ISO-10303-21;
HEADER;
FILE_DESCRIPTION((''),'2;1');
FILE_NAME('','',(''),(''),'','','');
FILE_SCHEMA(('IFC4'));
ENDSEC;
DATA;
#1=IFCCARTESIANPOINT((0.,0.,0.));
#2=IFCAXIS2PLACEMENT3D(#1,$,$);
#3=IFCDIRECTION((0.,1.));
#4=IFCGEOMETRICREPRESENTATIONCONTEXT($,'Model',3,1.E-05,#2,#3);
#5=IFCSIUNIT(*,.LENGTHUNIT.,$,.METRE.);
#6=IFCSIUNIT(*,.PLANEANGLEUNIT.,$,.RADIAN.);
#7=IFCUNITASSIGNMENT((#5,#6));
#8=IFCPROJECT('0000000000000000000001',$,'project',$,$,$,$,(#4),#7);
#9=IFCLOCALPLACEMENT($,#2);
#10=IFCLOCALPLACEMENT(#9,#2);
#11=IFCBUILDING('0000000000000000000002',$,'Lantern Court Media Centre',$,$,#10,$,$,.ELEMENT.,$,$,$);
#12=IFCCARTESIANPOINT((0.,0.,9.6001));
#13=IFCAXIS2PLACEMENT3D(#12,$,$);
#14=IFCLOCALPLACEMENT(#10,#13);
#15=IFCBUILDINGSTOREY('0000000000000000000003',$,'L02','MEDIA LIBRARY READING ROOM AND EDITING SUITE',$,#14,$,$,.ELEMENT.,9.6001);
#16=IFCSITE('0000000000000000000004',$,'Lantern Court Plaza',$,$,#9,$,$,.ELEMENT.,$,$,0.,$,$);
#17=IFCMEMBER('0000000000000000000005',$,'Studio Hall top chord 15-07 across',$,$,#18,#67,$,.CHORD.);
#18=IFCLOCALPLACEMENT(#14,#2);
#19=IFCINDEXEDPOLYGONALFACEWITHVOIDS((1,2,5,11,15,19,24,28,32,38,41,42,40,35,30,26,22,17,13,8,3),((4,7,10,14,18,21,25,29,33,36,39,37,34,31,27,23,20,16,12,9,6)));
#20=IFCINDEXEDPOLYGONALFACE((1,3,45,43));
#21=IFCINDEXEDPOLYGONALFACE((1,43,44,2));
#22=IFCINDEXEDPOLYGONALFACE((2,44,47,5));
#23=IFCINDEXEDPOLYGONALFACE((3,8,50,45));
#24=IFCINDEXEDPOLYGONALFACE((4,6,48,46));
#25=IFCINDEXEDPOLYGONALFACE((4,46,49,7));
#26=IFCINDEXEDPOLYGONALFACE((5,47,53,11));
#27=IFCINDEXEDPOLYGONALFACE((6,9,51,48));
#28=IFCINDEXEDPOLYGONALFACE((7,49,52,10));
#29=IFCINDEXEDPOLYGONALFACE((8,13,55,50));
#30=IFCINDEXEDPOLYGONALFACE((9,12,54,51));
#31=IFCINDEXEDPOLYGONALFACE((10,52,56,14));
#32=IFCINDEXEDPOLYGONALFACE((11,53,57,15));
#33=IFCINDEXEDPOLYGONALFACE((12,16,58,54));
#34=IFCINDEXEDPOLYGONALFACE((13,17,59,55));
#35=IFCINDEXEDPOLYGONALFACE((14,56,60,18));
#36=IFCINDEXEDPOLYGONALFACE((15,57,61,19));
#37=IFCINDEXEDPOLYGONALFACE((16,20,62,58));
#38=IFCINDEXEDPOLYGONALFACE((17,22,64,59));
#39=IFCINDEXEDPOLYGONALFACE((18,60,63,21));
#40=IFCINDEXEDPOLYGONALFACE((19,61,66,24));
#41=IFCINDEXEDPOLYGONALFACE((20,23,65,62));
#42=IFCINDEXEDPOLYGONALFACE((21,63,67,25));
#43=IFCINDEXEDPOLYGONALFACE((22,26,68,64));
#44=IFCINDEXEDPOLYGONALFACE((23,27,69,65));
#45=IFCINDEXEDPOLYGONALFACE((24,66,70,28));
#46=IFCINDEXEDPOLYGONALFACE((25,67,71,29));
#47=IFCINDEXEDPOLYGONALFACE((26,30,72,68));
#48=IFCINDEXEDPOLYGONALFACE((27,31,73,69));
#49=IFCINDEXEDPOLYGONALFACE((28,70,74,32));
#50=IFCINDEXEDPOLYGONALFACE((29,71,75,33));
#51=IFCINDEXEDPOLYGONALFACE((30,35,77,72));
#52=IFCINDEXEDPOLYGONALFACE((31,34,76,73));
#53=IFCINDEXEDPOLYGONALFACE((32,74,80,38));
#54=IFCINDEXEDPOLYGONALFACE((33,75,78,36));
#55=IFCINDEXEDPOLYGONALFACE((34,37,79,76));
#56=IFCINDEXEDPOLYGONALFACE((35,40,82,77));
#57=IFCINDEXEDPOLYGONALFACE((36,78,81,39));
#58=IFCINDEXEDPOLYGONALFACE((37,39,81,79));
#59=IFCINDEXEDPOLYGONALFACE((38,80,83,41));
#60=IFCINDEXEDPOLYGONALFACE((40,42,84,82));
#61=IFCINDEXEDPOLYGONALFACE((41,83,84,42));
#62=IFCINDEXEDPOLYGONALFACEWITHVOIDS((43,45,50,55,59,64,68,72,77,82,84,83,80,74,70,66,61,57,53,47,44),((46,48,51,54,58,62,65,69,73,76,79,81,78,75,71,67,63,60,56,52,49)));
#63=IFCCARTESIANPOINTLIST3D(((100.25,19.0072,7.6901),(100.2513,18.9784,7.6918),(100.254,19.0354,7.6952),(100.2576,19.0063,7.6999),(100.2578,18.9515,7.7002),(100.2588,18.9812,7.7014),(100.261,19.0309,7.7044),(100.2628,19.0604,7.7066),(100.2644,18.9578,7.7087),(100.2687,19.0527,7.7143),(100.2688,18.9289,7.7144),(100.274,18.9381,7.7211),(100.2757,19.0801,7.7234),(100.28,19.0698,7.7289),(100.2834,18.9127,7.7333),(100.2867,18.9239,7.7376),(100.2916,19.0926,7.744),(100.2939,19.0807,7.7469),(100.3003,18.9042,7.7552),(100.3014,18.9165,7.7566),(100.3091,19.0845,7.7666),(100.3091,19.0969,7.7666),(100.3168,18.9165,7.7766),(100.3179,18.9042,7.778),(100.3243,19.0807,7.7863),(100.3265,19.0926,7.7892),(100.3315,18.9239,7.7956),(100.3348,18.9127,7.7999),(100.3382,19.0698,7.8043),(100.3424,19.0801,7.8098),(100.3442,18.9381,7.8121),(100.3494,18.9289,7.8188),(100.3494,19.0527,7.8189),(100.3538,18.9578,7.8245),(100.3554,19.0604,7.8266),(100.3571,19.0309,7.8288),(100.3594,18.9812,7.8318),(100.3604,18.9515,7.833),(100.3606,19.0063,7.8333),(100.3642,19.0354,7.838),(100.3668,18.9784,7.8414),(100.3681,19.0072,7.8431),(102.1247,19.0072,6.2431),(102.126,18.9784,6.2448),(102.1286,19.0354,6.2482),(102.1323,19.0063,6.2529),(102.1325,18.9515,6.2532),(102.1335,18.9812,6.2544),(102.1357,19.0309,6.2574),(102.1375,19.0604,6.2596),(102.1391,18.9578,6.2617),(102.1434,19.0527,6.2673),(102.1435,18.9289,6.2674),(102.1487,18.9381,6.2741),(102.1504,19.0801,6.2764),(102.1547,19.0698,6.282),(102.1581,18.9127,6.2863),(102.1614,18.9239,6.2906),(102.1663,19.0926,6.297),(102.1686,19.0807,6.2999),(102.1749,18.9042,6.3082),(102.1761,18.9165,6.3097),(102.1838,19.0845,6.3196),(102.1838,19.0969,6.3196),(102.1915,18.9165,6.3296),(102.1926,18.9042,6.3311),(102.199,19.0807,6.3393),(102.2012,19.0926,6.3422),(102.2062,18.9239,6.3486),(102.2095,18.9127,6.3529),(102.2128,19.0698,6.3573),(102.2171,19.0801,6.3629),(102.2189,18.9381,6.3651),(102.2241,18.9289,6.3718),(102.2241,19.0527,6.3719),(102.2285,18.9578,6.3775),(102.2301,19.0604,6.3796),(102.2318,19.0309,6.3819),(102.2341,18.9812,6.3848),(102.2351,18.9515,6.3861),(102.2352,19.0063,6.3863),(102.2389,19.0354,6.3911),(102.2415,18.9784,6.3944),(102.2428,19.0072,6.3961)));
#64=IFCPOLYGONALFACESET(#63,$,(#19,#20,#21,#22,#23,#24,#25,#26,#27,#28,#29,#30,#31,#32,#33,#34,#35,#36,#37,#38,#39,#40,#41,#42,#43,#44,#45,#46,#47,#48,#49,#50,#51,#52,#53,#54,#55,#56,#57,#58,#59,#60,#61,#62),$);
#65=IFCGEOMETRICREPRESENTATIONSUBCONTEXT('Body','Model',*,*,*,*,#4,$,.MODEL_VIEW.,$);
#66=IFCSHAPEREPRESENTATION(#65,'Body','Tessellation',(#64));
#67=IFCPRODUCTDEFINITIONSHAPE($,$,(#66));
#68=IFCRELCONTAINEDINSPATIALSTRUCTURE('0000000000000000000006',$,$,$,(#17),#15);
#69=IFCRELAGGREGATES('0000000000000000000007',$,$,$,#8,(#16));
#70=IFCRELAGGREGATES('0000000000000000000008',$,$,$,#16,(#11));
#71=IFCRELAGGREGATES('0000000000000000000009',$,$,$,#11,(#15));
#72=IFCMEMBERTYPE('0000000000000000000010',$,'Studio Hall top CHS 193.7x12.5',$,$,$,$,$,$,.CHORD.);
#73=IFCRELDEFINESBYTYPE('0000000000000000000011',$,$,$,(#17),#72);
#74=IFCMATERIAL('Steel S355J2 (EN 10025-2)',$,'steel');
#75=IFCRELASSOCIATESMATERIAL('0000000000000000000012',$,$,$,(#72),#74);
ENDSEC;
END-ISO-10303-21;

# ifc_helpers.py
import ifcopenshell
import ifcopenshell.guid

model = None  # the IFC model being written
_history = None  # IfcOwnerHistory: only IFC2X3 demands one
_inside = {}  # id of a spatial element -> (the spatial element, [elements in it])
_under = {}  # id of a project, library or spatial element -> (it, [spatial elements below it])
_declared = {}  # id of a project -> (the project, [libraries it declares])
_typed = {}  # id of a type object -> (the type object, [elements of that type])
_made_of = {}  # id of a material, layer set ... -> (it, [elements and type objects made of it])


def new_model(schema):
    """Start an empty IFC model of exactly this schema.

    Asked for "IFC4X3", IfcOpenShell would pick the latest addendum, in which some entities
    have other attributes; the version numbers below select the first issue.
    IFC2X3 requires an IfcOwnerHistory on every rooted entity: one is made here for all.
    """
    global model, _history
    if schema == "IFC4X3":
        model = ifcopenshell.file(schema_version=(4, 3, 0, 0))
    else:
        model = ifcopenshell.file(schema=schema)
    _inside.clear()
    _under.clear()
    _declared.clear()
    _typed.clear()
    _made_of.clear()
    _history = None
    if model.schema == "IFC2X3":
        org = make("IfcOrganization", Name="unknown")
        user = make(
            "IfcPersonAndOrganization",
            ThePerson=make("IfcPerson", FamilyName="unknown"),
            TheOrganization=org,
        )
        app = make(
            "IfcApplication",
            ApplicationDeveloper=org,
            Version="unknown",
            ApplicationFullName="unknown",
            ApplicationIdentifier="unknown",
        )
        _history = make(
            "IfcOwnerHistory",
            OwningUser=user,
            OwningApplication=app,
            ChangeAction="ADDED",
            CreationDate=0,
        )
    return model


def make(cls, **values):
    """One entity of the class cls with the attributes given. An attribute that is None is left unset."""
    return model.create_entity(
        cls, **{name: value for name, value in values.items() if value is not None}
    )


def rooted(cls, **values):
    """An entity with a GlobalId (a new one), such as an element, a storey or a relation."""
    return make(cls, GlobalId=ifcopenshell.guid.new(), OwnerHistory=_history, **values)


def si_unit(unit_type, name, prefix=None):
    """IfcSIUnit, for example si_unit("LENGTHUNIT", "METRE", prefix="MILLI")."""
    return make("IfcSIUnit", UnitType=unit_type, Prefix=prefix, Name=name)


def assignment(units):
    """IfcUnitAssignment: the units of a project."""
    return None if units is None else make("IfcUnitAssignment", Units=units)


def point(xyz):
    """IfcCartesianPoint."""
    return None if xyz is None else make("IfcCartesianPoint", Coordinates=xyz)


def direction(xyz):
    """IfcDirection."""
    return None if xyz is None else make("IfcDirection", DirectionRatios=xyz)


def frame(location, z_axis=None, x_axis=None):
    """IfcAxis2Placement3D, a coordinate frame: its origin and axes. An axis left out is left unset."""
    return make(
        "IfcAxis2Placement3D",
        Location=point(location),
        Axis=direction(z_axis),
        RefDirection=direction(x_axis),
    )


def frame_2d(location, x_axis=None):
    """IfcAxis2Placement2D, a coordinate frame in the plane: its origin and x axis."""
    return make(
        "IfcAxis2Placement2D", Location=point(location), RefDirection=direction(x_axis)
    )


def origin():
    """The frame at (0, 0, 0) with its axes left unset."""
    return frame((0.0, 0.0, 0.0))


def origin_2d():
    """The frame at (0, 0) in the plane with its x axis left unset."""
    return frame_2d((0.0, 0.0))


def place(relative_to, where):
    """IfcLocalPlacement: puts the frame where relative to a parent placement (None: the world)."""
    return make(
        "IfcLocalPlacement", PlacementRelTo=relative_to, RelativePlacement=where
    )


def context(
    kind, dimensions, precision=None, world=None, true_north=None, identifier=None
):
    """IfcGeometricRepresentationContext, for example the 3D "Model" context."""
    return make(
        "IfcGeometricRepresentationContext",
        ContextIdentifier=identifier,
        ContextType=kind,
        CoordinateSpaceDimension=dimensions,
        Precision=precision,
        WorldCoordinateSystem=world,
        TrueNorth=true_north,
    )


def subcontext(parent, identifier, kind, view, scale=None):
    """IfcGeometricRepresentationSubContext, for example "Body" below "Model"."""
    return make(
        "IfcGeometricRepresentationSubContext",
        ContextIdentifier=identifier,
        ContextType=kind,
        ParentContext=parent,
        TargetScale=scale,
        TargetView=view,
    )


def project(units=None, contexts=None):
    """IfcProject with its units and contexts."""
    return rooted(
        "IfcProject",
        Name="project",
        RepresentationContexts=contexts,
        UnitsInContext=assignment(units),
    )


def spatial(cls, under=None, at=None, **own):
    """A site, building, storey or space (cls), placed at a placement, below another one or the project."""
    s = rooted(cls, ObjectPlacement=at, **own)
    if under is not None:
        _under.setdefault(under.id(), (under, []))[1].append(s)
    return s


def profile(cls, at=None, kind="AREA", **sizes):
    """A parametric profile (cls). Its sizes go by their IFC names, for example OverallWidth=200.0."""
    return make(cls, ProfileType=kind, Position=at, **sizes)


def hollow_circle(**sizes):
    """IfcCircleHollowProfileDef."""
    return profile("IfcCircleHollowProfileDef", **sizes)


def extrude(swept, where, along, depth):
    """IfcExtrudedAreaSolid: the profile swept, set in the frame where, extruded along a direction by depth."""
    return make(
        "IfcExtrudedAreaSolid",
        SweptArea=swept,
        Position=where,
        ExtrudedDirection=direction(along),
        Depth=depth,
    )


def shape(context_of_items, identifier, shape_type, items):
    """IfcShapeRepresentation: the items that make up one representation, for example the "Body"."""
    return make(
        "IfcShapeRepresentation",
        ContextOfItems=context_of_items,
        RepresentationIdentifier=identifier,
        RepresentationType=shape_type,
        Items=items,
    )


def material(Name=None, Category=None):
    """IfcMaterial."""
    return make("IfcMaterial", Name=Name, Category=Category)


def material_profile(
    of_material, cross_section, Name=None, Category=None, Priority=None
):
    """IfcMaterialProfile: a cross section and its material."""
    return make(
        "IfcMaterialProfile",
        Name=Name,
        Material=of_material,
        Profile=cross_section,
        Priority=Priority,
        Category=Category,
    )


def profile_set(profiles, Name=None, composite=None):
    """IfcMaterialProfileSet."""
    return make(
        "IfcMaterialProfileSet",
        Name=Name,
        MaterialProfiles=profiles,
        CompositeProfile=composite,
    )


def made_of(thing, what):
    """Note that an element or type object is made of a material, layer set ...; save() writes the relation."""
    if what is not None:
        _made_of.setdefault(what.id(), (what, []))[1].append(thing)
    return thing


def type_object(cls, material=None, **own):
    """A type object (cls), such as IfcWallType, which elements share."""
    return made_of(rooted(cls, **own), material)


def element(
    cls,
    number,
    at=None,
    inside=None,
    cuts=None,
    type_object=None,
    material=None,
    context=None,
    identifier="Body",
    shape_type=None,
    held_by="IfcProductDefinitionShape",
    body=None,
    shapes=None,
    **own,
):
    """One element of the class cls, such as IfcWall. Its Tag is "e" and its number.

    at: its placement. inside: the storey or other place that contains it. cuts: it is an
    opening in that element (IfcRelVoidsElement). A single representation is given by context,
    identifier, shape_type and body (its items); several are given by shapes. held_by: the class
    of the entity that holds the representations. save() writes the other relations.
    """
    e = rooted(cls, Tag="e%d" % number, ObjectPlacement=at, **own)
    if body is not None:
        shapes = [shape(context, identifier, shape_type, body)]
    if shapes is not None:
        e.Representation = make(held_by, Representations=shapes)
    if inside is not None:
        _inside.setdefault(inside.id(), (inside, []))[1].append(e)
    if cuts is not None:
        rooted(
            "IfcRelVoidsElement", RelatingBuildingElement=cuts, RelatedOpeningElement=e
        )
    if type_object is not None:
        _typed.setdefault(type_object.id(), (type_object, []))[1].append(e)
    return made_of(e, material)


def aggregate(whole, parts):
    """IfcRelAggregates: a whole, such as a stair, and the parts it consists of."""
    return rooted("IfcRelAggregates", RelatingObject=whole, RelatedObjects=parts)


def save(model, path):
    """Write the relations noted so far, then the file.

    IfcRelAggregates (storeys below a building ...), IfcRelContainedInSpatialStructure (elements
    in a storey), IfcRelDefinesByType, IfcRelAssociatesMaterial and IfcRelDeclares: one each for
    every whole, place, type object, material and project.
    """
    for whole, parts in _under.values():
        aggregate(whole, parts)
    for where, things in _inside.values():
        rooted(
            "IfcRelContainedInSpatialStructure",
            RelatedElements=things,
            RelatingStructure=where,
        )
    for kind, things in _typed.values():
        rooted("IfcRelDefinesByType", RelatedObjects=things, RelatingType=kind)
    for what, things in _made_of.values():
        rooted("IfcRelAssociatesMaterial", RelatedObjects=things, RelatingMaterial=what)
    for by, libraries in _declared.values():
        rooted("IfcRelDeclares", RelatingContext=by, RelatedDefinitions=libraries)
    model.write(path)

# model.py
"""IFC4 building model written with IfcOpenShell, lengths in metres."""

from ifc_helpers import new_model, si_unit, direction, frame, origin, origin_2d, place, context, subcontext, project, spatial, hollow_circle, extrude, material, material_profile, profile_set, type_object, element, save


model = new_model("IFC4")

# Units and contexts
model_context = context("Model", 3, precision=1e-05, world=origin(), true_north=direction((0.0, 1.0)))
body_context = subcontext(model_context, "Body", "Model", "MODEL_VIEW")
ifc_project = project(units=[si_unit("LENGTHUNIT", "METRE"), si_unit("PLANEANGLEUNIT", "RADIAN")], contexts=[model_context])

# Site, building, storey
site_placement = place(None, origin())
site = spatial("IfcSite", under=ifc_project, at=site_placement, Name="Lantern Court Plaza", CompositionType="ELEMENT", RefElevation=0.0)
building_placement = place(site_placement, origin())
building = spatial("IfcBuilding", under=site, at=building_placement, Name="Lantern Court Media Centre", CompositionType="ELEMENT")
storey_placement = place(building_placement, frame((0.0, 0.0, 9.6001)))
storey = spatial("IfcBuildingStorey", under=building, at=storey_placement, Name="L02", Description="MEDIA LIBRARY READING ROOM AND EDITING SUITE", CompositionType="ELEMENT", Elevation=9.6001)

# Member
ifc_material = material(Name="Steel S355J2 (EN 10025-2)", Category="steel")
ifc_material_profile_1 = material_profile(ifc_material, hollow_circle(Radius=0.0969, WallThickness=0.0125, at=origin_2d()), Name="Studio Hall top CHS 193.7x12.5")
ifc_profile_set_1 = profile_set([ifc_material_profile_1], Name="Steel S355J2 (EN 10025-2)")
member_type_1 = type_object("IfcMemberType", Name="Studio Hall top CHS 193.7x12.5", PredefinedType="CHORD", material=ifc_profile_set_1)
member_1_placement = place(storey_placement, frame((100.3091, 19.0, 7.7666), z_axis=(0.791623, 0.0, -0.61101), x_axis=(0.0, 1.0, 0.0)))
element("IfcMember", 1, at=member_1_placement, inside=storey, type_object=member_type_1, Name="Studio Hall top chord 15-07 across", PredefinedType="CHORD", context=body_context, shape_type="SweptSolid", body=[
    extrude(hollow_circle(Radius=0.0969, WallThickness=0.0125, at=origin_2d()), origin(), (0.0, 0.0, 1.0), 2.3682),
])

save(model, "model.ifc")
